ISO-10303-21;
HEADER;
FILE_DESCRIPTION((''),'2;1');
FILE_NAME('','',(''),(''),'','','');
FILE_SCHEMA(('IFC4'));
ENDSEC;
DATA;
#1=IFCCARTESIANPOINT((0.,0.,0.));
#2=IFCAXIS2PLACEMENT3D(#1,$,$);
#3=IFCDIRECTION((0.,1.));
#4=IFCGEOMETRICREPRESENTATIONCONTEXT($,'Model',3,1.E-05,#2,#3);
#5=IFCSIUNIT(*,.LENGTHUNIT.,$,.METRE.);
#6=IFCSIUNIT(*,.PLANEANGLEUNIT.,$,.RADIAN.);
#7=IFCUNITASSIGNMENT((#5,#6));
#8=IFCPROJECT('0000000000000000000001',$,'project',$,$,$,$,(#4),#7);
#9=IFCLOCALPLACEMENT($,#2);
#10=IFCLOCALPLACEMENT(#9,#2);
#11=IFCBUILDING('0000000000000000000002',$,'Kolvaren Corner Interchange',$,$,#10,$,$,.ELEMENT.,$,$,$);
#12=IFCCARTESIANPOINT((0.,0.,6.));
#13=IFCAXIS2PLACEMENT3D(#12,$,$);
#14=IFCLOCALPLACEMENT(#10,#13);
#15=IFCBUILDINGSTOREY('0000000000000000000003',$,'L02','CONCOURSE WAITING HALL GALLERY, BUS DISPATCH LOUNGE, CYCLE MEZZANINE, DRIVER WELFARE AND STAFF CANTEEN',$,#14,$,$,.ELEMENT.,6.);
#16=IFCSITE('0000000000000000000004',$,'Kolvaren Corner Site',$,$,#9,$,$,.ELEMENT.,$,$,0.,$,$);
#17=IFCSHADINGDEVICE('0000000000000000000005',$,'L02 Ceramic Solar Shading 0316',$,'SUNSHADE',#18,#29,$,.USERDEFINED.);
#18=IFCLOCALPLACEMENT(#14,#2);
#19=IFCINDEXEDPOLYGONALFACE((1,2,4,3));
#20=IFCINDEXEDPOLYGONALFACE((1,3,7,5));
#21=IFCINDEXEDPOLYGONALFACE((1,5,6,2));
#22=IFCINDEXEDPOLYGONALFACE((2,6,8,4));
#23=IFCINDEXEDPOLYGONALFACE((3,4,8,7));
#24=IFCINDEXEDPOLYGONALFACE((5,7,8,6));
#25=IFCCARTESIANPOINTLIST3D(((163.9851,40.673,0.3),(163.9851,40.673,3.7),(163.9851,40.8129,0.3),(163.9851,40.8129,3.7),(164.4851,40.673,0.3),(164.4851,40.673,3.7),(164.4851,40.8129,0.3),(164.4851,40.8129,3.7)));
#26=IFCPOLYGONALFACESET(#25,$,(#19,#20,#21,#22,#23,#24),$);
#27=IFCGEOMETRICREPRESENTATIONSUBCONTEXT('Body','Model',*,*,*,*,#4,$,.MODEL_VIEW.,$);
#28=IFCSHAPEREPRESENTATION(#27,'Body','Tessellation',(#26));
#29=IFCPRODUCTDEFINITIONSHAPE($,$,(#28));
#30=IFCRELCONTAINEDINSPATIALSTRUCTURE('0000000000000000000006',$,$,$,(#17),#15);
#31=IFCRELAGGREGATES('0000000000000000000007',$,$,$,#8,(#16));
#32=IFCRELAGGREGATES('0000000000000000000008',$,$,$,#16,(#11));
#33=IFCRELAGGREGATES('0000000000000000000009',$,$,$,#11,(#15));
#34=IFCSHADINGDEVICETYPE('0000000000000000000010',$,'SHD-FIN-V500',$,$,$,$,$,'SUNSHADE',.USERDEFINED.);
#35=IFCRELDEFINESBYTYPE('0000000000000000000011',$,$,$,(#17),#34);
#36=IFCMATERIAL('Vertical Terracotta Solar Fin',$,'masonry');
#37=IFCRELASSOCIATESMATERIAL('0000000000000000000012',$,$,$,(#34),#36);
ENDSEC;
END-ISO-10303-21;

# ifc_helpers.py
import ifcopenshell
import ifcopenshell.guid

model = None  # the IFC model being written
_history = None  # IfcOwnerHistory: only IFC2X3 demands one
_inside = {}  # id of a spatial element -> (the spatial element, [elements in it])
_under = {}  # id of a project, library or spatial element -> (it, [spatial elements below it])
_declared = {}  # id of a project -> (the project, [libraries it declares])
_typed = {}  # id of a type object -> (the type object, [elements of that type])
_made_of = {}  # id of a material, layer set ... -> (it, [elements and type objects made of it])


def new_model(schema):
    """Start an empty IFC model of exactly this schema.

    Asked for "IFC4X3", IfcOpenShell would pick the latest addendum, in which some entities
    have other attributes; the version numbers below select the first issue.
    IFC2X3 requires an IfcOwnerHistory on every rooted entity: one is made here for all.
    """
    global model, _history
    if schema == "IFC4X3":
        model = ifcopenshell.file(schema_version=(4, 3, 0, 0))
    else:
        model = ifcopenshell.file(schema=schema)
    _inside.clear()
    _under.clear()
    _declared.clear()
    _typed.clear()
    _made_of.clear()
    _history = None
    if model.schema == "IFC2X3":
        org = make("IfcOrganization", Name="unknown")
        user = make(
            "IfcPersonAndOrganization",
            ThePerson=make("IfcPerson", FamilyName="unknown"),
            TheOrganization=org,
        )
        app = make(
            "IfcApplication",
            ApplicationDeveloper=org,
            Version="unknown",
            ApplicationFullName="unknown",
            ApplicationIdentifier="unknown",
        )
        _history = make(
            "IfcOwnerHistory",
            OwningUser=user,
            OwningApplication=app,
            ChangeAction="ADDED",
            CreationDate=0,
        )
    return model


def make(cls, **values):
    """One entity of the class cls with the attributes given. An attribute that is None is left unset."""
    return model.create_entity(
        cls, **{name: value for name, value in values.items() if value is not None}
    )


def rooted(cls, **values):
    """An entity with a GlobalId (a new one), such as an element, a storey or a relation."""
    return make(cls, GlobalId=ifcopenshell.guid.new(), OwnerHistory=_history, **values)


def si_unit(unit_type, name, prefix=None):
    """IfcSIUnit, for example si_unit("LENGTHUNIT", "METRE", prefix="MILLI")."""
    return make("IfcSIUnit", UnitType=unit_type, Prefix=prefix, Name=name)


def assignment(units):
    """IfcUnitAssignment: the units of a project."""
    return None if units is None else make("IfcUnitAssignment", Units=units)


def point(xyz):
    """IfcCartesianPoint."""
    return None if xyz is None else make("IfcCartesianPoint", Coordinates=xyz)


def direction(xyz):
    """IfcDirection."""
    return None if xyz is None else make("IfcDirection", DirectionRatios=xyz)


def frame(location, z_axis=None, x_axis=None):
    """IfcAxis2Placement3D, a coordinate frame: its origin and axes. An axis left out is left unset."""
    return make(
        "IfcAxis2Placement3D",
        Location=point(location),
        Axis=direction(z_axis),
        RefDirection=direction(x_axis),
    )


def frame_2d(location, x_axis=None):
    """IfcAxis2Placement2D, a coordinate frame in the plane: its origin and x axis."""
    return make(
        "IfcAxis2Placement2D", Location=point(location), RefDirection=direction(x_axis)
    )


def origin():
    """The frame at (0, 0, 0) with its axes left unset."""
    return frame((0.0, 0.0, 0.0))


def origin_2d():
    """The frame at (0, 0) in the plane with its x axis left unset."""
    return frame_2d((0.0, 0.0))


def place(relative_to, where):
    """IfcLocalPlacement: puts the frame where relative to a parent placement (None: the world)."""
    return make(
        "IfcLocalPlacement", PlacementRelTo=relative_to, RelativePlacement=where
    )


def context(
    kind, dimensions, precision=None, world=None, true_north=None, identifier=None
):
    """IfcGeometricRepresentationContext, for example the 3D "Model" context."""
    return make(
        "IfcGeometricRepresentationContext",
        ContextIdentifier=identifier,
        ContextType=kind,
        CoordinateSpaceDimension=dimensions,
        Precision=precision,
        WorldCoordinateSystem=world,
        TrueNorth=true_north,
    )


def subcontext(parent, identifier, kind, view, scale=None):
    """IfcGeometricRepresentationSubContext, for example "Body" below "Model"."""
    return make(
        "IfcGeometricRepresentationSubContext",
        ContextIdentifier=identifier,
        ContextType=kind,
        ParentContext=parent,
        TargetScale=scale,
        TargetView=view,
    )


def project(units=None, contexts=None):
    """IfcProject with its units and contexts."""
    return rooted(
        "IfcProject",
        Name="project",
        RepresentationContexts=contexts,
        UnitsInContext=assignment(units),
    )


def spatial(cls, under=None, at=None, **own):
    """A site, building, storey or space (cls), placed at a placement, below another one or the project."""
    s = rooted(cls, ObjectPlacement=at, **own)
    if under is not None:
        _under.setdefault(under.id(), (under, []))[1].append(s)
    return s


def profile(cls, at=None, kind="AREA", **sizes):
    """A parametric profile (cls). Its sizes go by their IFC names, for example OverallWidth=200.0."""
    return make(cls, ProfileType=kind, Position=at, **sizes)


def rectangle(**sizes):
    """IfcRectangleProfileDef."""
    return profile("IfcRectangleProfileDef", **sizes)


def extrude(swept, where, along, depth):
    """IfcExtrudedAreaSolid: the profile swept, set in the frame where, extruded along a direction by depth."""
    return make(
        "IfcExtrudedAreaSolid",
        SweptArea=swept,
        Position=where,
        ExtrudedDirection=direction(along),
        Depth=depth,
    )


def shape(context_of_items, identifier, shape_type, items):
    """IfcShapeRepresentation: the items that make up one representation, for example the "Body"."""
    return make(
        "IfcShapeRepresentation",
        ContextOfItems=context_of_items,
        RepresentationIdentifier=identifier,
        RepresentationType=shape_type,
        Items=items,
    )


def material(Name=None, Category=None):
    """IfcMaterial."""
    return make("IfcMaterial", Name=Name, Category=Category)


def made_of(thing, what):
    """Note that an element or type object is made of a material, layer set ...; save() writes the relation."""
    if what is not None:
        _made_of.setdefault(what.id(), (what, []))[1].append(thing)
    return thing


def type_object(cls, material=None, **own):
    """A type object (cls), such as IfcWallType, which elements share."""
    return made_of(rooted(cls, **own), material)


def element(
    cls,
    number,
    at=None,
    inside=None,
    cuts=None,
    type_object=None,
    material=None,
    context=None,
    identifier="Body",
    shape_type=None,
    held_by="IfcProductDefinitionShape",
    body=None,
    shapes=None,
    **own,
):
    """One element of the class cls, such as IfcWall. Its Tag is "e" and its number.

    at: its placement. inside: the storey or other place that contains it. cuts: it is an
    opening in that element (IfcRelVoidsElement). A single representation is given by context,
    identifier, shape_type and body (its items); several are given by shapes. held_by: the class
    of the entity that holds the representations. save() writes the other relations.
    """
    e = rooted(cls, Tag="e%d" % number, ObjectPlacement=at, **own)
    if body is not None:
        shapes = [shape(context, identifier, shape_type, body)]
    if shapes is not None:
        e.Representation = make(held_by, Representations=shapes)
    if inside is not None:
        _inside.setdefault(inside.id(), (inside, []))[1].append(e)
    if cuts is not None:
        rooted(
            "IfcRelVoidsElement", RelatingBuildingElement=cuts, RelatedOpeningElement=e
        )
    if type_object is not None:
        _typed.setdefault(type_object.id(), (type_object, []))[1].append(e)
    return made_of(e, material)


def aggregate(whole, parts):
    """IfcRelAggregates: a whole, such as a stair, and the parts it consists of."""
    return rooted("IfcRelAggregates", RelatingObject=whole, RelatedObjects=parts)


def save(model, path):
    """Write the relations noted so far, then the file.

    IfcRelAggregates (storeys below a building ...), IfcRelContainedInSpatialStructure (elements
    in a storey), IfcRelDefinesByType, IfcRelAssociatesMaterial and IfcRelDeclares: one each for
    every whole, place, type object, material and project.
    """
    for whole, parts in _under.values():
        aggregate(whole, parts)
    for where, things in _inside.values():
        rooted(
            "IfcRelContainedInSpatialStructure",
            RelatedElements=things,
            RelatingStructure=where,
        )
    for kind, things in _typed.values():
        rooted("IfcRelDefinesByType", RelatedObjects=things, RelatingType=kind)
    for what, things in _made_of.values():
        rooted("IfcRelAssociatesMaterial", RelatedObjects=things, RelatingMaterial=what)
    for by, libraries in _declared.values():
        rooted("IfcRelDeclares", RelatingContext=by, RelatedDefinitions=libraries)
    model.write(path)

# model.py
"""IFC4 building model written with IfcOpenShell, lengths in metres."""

from ifc_helpers import new_model, si_unit, direction, frame, origin, origin_2d, place, context, subcontext, project, spatial, rectangle, extrude, material, type_object, element, save


model = new_model("IFC4")

# Units and contexts
model_context = context("Model", 3, precision=1e-05, world=origin(), true_north=direction((0.0, 1.0)))
body_context = subcontext(model_context, "Body", "Model", "MODEL_VIEW")
ifc_project = project(units=[si_unit("LENGTHUNIT", "METRE"), si_unit("PLANEANGLEUNIT", "RADIAN")], contexts=[model_context])

# Site, building, storey
site_placement = place(None, origin())
site = spatial("IfcSite", under=ifc_project, at=site_placement, Name="Kolvaren Corner Site", CompositionType="ELEMENT", RefElevation=0.0)
building_placement = place(site_placement, origin())
building = spatial("IfcBuilding", under=site, at=building_placement, Name="Kolvaren Corner Interchange", CompositionType="ELEMENT")
storey_placement = place(building_placement, frame((0.0, 0.0, 6.0)))
storey = spatial("IfcBuildingStorey", under=building, at=storey_placement, Name="L02", Description="CONCOURSE WAITING HALL GALLERY, BUS DISPATCH LOUNGE, CYCLE MEZZANINE, DRIVER WELFARE AND STAFF CANTEEN", CompositionType="ELEMENT", Elevation=6.0)

# Shading device
ifc_material_1 = material(Name="Vertical Terracotta Solar Fin", Category="masonry")
shading_device_type = type_object("IfcShadingDeviceType", Name="SHD-FIN-V500", ElementType="SUNSHADE", PredefinedType="USERDEFINED", material=ifc_material_1)
for number, where, z_axis, x_axis, name in (
    (1, (164.2351, 40.7429, 0.3), (0.0, 0.0, 1.0), (0.0, 1.0, 0.0), "L02 Ceramic Solar Shading 0316"),
):
    element("IfcShadingDevice", number, at=place(storey_placement, frame(where, z_axis=z_axis, x_axis=x_axis)), inside=storey, type_object=shading_device_type, Name=name, ObjectType="SUNSHADE", PredefinedType="USERDEFINED", context=body_context, shape_type="SweptSolid", body=[
        extrude(rectangle(XDim=0.1399, YDim=0.5, at=origin_2d()), origin(), (0.0, 0.0, 1.0), 3.3999),
    ])

save(model, "model.ifc")
